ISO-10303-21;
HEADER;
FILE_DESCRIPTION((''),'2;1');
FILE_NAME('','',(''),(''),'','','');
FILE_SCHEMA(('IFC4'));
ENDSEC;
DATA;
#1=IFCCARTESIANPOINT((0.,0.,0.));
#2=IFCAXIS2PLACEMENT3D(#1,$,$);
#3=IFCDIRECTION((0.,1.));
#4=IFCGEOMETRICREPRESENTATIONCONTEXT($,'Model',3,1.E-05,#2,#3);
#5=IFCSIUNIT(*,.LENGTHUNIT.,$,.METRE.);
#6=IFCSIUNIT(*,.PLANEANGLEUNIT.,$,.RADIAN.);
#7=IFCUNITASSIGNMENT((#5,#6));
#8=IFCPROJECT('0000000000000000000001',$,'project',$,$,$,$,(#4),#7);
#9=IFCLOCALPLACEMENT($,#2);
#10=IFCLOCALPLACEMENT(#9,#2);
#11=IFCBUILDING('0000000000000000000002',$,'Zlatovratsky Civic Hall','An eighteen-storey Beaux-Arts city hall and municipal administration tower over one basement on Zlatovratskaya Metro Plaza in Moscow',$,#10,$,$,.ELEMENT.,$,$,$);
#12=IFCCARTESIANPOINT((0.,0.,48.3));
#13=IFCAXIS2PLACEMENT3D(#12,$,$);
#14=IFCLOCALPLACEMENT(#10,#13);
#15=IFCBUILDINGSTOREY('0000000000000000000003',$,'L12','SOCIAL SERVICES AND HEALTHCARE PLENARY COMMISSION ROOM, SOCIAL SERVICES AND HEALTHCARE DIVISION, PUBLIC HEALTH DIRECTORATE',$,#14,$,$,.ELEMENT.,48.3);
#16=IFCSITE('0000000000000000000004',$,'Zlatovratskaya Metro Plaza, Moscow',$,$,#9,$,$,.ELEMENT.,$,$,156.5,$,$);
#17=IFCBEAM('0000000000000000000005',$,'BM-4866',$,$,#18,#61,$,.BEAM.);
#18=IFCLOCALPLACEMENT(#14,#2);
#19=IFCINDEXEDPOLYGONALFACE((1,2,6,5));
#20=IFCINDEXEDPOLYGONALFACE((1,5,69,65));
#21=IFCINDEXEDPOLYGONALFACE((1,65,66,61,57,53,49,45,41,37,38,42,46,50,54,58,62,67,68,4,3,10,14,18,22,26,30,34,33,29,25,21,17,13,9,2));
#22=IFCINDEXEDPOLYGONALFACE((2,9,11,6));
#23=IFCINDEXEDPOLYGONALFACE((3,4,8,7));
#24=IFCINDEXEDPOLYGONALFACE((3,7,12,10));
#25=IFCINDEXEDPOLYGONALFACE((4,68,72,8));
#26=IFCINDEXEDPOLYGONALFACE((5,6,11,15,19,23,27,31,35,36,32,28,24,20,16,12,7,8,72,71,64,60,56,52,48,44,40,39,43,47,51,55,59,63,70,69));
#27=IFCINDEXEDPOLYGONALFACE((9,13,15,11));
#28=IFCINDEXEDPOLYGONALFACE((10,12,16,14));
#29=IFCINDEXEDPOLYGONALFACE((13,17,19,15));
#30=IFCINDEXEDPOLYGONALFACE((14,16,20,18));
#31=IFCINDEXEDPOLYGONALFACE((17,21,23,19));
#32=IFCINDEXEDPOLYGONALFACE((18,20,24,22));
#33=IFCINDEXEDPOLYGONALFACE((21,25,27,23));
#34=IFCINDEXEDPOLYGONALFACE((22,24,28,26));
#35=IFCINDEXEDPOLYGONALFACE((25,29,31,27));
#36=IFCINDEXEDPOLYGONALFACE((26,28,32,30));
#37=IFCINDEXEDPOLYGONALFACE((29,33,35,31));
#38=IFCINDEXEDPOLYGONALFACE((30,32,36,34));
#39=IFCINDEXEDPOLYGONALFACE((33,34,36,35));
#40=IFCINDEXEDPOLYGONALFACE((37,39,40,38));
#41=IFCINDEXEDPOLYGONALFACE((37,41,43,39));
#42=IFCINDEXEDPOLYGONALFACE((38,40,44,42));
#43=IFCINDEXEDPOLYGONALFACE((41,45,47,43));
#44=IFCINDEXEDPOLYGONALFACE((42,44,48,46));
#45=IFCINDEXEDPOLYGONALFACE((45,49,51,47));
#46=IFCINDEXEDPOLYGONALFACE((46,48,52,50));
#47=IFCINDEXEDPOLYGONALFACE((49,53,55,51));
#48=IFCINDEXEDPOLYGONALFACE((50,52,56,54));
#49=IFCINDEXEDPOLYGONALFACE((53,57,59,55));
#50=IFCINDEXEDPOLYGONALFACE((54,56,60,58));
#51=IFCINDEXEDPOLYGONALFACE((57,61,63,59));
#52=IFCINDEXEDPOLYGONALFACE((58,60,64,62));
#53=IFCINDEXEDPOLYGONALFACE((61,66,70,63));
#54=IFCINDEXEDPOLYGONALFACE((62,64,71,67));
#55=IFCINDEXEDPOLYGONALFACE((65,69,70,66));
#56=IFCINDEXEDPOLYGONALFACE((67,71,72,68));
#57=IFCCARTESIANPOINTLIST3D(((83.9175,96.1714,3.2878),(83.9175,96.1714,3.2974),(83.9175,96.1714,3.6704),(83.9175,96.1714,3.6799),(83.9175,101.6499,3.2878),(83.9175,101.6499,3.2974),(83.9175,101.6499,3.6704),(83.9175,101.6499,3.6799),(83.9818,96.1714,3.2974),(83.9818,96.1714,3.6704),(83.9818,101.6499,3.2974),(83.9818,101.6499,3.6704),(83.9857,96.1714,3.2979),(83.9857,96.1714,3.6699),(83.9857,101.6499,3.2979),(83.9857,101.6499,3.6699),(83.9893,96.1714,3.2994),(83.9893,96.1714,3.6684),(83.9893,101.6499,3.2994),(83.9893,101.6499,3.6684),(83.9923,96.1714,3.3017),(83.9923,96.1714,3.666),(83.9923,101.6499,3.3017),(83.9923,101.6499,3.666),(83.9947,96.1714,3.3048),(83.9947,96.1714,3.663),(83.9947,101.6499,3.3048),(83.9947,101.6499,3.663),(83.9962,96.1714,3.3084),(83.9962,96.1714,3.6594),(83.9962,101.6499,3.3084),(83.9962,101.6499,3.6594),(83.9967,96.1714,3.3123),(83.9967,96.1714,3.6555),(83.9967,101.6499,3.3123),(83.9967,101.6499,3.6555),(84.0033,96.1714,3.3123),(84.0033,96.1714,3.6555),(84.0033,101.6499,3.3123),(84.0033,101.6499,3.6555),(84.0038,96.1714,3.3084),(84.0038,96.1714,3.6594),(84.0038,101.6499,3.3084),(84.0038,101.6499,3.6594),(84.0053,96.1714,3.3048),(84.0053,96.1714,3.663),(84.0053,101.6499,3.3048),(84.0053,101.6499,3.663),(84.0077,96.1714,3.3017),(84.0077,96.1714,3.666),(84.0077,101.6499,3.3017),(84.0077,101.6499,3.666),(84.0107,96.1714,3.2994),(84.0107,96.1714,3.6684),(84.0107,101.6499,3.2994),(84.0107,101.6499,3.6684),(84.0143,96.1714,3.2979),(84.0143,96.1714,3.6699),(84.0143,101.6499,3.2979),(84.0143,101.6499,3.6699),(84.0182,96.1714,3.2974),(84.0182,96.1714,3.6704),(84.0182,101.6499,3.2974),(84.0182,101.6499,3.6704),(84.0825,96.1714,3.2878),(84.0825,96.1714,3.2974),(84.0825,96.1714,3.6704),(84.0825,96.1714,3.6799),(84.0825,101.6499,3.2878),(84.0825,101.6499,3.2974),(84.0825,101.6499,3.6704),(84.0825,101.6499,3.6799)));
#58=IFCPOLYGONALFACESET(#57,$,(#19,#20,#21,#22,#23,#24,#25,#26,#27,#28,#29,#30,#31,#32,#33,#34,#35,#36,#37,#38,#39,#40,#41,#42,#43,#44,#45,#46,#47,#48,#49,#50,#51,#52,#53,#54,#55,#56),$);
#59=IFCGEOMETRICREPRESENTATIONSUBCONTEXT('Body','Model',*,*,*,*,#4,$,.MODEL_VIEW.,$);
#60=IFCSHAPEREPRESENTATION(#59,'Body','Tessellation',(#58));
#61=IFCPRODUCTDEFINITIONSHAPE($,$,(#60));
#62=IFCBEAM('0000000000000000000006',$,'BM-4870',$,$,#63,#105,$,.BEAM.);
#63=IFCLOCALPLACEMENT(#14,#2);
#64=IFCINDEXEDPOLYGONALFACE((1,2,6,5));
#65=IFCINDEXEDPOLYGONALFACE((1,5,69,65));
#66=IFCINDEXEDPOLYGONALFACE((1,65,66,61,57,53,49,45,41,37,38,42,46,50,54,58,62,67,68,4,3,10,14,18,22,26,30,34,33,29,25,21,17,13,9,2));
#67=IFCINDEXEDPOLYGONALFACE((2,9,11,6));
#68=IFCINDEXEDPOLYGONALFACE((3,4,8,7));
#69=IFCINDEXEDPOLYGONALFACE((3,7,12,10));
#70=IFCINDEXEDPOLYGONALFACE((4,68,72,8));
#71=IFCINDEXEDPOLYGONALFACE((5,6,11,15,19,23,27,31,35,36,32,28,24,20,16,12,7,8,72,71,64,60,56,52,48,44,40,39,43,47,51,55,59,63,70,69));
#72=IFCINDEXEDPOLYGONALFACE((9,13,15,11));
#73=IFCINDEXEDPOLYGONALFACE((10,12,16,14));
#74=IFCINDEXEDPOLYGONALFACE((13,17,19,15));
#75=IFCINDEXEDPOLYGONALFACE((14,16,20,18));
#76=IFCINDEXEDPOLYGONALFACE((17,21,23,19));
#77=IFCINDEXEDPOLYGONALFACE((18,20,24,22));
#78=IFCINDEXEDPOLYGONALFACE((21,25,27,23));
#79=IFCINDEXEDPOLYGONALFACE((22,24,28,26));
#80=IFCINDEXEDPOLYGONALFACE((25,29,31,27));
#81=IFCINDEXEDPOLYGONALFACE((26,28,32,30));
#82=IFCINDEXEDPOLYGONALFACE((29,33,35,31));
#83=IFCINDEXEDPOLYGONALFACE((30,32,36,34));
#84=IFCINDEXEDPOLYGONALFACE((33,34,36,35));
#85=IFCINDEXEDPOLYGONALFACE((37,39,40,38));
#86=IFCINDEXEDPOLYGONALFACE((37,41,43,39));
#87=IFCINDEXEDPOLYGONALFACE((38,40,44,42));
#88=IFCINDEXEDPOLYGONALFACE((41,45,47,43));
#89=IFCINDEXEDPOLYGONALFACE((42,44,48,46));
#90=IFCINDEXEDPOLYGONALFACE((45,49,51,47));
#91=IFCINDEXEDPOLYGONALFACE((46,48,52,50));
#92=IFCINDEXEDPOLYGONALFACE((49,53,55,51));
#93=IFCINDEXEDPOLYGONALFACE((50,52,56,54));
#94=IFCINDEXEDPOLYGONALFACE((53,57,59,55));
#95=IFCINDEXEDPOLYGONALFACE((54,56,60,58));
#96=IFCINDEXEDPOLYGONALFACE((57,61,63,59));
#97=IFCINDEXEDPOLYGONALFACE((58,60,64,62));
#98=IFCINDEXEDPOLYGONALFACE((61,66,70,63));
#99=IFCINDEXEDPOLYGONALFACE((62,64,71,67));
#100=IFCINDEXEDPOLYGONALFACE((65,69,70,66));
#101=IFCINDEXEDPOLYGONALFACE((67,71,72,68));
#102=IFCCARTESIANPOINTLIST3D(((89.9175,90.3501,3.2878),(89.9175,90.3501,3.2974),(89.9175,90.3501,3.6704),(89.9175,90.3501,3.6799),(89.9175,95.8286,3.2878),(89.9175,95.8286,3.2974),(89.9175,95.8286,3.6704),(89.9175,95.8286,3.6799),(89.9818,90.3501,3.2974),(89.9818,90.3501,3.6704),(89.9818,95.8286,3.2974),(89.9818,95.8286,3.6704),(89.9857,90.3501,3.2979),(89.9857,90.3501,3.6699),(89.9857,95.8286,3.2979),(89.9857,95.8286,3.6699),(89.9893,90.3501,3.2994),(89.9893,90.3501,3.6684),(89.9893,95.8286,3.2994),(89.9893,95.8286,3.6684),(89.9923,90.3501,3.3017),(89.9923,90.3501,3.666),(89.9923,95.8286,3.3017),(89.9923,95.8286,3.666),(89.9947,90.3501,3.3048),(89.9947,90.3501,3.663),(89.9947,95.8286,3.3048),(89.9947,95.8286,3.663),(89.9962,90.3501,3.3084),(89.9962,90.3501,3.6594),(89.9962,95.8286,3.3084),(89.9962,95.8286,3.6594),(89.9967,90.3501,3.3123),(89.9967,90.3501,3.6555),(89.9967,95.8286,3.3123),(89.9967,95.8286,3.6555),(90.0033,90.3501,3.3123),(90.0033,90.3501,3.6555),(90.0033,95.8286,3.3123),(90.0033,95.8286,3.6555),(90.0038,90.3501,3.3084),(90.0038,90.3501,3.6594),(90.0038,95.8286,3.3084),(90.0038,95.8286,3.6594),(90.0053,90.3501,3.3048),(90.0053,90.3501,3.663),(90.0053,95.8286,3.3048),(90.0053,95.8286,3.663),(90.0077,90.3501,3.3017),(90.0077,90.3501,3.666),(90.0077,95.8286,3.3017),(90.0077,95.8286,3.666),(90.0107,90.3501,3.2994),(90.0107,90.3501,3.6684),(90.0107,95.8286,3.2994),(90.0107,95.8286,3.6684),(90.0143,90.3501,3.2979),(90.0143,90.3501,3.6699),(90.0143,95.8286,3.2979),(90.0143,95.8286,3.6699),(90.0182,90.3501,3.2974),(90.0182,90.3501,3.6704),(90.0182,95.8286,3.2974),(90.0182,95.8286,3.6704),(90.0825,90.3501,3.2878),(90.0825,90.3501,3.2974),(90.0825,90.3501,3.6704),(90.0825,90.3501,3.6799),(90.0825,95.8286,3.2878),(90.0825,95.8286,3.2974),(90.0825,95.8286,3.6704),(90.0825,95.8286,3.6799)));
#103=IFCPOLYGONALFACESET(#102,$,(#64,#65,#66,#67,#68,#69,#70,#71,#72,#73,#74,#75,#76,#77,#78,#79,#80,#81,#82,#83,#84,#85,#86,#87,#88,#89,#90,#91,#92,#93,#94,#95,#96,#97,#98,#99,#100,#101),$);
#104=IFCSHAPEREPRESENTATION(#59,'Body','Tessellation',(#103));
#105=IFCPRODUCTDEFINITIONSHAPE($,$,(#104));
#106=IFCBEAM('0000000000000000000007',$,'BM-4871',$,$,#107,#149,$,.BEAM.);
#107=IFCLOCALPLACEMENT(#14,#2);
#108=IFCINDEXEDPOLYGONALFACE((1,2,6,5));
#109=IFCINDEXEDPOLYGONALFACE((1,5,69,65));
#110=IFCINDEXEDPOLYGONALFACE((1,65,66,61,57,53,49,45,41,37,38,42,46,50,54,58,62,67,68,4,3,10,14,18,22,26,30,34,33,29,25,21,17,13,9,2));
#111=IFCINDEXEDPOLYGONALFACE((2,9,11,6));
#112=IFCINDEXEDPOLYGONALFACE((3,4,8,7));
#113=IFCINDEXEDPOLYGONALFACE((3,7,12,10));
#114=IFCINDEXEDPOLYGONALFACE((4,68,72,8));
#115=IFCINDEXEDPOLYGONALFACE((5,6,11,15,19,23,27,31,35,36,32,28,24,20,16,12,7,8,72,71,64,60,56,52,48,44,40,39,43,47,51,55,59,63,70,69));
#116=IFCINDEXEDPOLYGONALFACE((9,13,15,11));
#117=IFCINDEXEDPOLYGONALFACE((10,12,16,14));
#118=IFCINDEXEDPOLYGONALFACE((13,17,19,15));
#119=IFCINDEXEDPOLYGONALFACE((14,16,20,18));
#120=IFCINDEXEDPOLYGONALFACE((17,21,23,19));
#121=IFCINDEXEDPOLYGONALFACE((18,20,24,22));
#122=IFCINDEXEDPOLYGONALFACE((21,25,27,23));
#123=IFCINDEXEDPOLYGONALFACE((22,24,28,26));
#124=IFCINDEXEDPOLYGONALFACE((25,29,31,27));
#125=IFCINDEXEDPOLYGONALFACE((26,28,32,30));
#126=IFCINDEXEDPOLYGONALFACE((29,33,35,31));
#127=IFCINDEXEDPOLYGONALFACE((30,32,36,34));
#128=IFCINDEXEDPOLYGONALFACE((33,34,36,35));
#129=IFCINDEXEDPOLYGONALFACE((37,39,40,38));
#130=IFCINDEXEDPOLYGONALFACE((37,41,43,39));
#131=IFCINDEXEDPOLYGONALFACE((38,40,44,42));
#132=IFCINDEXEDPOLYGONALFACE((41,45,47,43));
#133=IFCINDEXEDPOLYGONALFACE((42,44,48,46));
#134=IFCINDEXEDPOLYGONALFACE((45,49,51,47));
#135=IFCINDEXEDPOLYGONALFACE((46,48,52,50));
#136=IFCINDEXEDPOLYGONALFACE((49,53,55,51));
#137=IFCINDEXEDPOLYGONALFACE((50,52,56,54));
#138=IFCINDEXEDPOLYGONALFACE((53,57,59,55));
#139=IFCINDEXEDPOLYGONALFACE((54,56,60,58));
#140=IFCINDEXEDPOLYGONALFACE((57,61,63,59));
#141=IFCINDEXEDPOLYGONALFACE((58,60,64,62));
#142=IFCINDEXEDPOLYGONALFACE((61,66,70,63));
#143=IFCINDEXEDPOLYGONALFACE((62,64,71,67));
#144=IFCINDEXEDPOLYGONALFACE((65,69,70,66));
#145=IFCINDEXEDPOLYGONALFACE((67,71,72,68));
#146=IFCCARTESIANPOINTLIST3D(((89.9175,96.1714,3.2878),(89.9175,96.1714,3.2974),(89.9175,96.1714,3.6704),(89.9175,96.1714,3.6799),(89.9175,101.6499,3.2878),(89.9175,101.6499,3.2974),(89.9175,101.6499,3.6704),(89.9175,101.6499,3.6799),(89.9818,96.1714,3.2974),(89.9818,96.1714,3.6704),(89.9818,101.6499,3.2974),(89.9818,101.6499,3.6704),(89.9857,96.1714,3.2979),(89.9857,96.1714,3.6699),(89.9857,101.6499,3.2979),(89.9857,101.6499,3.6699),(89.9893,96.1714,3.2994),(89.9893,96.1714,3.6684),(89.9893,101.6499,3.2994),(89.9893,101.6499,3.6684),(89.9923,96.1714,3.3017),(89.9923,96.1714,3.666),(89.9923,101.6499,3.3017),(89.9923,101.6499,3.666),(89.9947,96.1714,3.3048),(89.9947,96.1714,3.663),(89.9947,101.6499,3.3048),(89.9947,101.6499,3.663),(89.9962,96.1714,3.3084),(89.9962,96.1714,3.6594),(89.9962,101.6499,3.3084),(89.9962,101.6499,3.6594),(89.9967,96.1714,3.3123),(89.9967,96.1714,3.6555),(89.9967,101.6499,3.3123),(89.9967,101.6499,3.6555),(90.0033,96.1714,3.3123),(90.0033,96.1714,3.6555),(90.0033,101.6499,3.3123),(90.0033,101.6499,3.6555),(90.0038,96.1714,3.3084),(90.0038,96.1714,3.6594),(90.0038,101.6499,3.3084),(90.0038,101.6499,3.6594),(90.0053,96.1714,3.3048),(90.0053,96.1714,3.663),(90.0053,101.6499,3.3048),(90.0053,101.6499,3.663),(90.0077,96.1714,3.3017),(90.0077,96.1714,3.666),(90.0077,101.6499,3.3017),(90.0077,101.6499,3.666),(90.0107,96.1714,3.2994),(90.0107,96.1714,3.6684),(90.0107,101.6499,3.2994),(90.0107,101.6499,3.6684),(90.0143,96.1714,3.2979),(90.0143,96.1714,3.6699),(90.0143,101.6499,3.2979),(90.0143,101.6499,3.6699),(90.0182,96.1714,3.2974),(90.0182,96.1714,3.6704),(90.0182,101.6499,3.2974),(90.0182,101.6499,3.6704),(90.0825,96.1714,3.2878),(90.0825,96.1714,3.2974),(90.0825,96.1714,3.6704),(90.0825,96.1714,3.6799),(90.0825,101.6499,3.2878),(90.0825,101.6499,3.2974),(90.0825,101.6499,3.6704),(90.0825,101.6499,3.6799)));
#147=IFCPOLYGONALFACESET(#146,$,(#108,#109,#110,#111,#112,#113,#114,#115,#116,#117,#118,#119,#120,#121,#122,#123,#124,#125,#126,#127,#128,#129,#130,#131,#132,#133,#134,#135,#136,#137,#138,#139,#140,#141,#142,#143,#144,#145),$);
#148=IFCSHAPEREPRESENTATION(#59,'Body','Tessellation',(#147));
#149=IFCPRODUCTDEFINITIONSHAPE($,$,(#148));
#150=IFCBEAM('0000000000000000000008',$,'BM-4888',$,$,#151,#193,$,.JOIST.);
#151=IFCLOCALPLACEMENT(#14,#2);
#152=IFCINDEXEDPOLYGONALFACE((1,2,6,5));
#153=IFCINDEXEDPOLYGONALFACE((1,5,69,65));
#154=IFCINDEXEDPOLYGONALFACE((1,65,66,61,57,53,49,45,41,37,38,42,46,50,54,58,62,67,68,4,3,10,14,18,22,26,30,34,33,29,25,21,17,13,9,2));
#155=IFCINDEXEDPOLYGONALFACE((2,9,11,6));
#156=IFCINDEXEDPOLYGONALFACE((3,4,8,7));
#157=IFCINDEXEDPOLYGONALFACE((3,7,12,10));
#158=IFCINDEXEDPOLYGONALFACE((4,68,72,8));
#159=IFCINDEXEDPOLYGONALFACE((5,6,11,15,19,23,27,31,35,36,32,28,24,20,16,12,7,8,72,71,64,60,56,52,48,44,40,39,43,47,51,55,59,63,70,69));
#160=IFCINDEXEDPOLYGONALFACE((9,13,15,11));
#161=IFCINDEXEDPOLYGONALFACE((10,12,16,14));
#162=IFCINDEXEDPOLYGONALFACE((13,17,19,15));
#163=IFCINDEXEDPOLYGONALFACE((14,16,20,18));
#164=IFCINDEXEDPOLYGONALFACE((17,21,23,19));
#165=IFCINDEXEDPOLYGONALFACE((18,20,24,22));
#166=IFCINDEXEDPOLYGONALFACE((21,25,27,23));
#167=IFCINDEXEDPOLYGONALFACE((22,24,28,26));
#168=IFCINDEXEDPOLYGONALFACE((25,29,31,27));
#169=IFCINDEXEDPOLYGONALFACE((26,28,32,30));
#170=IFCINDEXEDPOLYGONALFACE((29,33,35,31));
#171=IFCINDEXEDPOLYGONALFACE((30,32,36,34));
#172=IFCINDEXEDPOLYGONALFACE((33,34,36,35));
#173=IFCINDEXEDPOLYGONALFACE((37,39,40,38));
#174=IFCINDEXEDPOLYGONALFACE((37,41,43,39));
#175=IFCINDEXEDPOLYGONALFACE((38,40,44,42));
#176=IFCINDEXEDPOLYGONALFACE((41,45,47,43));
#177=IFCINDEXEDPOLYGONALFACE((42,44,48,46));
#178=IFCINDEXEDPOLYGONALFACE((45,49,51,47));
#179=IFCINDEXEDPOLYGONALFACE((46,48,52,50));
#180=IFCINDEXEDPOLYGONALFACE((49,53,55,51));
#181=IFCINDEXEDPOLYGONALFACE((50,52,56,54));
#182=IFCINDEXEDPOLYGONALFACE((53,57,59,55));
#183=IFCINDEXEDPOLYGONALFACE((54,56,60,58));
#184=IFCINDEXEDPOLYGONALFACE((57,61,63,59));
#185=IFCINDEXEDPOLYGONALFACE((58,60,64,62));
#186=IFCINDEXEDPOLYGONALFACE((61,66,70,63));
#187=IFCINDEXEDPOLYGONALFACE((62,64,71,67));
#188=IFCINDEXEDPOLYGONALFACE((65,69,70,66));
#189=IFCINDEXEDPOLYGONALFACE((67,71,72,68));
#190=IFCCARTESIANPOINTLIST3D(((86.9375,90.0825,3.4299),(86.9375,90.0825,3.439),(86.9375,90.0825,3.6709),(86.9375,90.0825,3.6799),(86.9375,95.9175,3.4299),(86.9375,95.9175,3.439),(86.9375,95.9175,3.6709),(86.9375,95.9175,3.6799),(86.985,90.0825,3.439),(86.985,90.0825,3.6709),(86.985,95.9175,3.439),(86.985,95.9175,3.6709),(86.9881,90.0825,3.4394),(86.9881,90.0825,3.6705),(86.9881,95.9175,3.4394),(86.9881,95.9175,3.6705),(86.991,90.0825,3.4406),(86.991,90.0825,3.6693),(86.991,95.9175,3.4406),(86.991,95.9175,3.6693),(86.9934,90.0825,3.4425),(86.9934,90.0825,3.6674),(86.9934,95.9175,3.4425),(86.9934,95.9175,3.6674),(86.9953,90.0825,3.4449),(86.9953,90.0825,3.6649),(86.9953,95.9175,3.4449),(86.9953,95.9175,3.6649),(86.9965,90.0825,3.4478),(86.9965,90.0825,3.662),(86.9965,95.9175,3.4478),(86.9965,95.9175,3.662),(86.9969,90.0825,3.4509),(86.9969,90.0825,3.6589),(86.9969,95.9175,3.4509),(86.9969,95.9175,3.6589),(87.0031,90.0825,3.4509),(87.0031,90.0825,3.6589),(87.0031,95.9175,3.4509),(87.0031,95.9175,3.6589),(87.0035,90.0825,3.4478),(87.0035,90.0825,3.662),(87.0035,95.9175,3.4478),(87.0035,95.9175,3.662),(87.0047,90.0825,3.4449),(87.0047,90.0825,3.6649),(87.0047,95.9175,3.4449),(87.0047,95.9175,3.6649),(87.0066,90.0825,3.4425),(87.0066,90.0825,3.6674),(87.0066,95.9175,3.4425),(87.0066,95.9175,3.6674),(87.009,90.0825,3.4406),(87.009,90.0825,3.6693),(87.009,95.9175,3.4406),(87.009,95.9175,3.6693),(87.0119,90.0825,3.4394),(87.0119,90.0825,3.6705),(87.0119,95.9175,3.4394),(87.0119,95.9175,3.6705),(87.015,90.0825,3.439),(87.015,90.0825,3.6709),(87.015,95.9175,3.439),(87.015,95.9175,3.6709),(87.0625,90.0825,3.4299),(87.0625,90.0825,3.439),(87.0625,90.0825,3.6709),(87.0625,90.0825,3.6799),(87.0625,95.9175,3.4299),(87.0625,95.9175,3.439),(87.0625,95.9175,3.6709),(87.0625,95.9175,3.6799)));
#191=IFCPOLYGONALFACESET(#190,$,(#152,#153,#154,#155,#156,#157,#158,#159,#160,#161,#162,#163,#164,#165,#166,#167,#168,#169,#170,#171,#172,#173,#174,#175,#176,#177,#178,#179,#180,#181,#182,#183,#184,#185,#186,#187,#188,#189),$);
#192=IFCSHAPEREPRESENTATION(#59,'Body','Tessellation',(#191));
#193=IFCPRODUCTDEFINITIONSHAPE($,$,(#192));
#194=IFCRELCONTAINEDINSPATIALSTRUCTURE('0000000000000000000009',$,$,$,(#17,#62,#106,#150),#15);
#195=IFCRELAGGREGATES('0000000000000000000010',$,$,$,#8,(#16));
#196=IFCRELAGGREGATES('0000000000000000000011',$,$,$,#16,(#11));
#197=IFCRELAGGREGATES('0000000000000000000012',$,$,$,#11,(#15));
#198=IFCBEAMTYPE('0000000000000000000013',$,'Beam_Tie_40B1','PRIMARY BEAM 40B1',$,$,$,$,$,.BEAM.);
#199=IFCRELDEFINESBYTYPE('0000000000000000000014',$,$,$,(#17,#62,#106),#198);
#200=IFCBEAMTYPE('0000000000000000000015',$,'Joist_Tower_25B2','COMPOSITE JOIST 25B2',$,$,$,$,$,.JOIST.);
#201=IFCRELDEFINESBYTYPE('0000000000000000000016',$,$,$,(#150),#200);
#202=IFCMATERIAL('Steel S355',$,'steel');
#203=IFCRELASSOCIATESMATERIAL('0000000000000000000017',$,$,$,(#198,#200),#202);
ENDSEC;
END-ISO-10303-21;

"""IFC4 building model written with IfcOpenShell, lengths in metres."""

from ifc_helpers import new_model, si_unit, direction, frame, origin, origin_2d, place, context, subcontext, project, spatial, i_section, extrude, material, material_profile, profile_set, type_object, element, save


model = new_model("IFC4")

# Units and contexts
model_context = context("Model", 3, precision=1e-05, world=origin(), true_north=direction((0.0, 1.0)))
body_context = subcontext(model_context, "Body", "Model", "MODEL_VIEW")
ifc_project = project(units=[si_unit("LENGTHUNIT", "METRE"), si_unit("PLANEANGLEUNIT", "RADIAN")], contexts=[model_context])

# Site, building, storey
site_placement = place(None, origin())
site = spatial("IfcSite", under=ifc_project, at=site_placement, Name="Zlatovratskaya Metro Plaza, Moscow", CompositionType="ELEMENT", RefElevation=156.5)
building_placement = place(site_placement, origin())
building = spatial("IfcBuilding", under=site, at=building_placement, Name="Zlatovratsky Civic Hall", Description="An eighteen-storey Beaux-Arts city hall and municipal administration tower over one basement on Zlatovratskaya Metro Plaza in Moscow", CompositionType="ELEMENT")
storey_placement = place(building_placement, frame((0.0, 0.0, 48.3)))
storey = spatial("IfcBuildingStorey", under=building, at=storey_placement, Name="L12", Description="SOCIAL SERVICES AND HEALTHCARE PLENARY COMMISSION ROOM, SOCIAL SERVICES AND HEALTHCARE DIVISION, PUBLIC HEALTH DIRECTORATE", CompositionType="ELEMENT", Elevation=48.3)

# Shared definitions
ifc_material_1 = material(Name="Steel S355", Category="steel")

# Beams
ifc_material_profile_1 = material_profile(ifc_material_1, i_section(OverallWidth=0.165, OverallDepth=0.3921, WebThickness=0.0066, FlangeThickness=0.0095, FilletRadius=0.0149, at=origin_2d()), Name="40B1")
ifc_profile_set_1 = profile_set([ifc_material_profile_1], Name="Steel S355")
beam_type_1 = type_object("IfcBeamType", Name="Beam_Tie_40B1", Description="PRIMARY BEAM 40B1", PredefinedType="BEAM", material=ifc_profile_set_1)
for number, where, z_axis, x_axis, name in (
    (1, (84.0, 96.1714, 3.4839), (0.0, 1.0, 0.0), (-1.0, 0.0, 0.0), "BM-4866"),
    (2, (90.0, 90.3501, 3.4839), (0.0, 1.0, 0.0), (-1.0, 0.0, 0.0), "BM-4870"),
    (3, (90.0, 96.1714, 3.4839), (0.0, 1.0, 0.0), (-1.0, 0.0, 0.0), "BM-4871"),
):
    element("IfcBeam", number, at=place(storey_placement, frame(where, z_axis=z_axis, x_axis=x_axis)), inside=storey, type_object=beam_type_1, Name=name, PredefinedType="BEAM", context=body_context, shape_type="SweptSolid", body=[
        extrude(i_section(OverallWidth=0.165, OverallDepth=0.3921, WebThickness=0.0066, FlangeThickness=0.0095, FilletRadius=0.0149, at=origin_2d()), origin(), (0.0, 0.0, 1.0), 5.4785),
    ])
ifc_material_profile_2 = material_profile(ifc_material_1, i_section(OverallWidth=0.125, OverallDepth=0.25, WebThickness=0.0061, FlangeThickness=0.009, FilletRadius=0.012, at=origin_2d()), Name="25B2")
ifc_profile_set_2 = profile_set([ifc_material_profile_2], Name="Steel S355")
beam_type_2 = type_object("IfcBeamType", Name="Joist_Tower_25B2", Description="COMPOSITE JOIST 25B2", PredefinedType="JOIST", material=ifc_profile_set_2)
beam_1_placement = place(storey_placement, frame((87.0, 90.0825, 3.5549), z_axis=(0.0, 1.0, 0.0), x_axis=(-1.0, 0.0, 0.0)))
element("IfcBeam", 4, at=beam_1_placement, inside=storey, type_object=beam_type_2, Name="BM-4888", PredefinedType="JOIST", context=body_context, shape_type="SweptSolid", body=[
    extrude(i_section(OverallWidth=0.125, OverallDepth=0.25, WebThickness=0.0061, FlangeThickness=0.009, FilletRadius=0.012, at=origin_2d()), origin(), (0.0, 0.0, 1.0), 5.835),
])

save(model, "model.ifc")
